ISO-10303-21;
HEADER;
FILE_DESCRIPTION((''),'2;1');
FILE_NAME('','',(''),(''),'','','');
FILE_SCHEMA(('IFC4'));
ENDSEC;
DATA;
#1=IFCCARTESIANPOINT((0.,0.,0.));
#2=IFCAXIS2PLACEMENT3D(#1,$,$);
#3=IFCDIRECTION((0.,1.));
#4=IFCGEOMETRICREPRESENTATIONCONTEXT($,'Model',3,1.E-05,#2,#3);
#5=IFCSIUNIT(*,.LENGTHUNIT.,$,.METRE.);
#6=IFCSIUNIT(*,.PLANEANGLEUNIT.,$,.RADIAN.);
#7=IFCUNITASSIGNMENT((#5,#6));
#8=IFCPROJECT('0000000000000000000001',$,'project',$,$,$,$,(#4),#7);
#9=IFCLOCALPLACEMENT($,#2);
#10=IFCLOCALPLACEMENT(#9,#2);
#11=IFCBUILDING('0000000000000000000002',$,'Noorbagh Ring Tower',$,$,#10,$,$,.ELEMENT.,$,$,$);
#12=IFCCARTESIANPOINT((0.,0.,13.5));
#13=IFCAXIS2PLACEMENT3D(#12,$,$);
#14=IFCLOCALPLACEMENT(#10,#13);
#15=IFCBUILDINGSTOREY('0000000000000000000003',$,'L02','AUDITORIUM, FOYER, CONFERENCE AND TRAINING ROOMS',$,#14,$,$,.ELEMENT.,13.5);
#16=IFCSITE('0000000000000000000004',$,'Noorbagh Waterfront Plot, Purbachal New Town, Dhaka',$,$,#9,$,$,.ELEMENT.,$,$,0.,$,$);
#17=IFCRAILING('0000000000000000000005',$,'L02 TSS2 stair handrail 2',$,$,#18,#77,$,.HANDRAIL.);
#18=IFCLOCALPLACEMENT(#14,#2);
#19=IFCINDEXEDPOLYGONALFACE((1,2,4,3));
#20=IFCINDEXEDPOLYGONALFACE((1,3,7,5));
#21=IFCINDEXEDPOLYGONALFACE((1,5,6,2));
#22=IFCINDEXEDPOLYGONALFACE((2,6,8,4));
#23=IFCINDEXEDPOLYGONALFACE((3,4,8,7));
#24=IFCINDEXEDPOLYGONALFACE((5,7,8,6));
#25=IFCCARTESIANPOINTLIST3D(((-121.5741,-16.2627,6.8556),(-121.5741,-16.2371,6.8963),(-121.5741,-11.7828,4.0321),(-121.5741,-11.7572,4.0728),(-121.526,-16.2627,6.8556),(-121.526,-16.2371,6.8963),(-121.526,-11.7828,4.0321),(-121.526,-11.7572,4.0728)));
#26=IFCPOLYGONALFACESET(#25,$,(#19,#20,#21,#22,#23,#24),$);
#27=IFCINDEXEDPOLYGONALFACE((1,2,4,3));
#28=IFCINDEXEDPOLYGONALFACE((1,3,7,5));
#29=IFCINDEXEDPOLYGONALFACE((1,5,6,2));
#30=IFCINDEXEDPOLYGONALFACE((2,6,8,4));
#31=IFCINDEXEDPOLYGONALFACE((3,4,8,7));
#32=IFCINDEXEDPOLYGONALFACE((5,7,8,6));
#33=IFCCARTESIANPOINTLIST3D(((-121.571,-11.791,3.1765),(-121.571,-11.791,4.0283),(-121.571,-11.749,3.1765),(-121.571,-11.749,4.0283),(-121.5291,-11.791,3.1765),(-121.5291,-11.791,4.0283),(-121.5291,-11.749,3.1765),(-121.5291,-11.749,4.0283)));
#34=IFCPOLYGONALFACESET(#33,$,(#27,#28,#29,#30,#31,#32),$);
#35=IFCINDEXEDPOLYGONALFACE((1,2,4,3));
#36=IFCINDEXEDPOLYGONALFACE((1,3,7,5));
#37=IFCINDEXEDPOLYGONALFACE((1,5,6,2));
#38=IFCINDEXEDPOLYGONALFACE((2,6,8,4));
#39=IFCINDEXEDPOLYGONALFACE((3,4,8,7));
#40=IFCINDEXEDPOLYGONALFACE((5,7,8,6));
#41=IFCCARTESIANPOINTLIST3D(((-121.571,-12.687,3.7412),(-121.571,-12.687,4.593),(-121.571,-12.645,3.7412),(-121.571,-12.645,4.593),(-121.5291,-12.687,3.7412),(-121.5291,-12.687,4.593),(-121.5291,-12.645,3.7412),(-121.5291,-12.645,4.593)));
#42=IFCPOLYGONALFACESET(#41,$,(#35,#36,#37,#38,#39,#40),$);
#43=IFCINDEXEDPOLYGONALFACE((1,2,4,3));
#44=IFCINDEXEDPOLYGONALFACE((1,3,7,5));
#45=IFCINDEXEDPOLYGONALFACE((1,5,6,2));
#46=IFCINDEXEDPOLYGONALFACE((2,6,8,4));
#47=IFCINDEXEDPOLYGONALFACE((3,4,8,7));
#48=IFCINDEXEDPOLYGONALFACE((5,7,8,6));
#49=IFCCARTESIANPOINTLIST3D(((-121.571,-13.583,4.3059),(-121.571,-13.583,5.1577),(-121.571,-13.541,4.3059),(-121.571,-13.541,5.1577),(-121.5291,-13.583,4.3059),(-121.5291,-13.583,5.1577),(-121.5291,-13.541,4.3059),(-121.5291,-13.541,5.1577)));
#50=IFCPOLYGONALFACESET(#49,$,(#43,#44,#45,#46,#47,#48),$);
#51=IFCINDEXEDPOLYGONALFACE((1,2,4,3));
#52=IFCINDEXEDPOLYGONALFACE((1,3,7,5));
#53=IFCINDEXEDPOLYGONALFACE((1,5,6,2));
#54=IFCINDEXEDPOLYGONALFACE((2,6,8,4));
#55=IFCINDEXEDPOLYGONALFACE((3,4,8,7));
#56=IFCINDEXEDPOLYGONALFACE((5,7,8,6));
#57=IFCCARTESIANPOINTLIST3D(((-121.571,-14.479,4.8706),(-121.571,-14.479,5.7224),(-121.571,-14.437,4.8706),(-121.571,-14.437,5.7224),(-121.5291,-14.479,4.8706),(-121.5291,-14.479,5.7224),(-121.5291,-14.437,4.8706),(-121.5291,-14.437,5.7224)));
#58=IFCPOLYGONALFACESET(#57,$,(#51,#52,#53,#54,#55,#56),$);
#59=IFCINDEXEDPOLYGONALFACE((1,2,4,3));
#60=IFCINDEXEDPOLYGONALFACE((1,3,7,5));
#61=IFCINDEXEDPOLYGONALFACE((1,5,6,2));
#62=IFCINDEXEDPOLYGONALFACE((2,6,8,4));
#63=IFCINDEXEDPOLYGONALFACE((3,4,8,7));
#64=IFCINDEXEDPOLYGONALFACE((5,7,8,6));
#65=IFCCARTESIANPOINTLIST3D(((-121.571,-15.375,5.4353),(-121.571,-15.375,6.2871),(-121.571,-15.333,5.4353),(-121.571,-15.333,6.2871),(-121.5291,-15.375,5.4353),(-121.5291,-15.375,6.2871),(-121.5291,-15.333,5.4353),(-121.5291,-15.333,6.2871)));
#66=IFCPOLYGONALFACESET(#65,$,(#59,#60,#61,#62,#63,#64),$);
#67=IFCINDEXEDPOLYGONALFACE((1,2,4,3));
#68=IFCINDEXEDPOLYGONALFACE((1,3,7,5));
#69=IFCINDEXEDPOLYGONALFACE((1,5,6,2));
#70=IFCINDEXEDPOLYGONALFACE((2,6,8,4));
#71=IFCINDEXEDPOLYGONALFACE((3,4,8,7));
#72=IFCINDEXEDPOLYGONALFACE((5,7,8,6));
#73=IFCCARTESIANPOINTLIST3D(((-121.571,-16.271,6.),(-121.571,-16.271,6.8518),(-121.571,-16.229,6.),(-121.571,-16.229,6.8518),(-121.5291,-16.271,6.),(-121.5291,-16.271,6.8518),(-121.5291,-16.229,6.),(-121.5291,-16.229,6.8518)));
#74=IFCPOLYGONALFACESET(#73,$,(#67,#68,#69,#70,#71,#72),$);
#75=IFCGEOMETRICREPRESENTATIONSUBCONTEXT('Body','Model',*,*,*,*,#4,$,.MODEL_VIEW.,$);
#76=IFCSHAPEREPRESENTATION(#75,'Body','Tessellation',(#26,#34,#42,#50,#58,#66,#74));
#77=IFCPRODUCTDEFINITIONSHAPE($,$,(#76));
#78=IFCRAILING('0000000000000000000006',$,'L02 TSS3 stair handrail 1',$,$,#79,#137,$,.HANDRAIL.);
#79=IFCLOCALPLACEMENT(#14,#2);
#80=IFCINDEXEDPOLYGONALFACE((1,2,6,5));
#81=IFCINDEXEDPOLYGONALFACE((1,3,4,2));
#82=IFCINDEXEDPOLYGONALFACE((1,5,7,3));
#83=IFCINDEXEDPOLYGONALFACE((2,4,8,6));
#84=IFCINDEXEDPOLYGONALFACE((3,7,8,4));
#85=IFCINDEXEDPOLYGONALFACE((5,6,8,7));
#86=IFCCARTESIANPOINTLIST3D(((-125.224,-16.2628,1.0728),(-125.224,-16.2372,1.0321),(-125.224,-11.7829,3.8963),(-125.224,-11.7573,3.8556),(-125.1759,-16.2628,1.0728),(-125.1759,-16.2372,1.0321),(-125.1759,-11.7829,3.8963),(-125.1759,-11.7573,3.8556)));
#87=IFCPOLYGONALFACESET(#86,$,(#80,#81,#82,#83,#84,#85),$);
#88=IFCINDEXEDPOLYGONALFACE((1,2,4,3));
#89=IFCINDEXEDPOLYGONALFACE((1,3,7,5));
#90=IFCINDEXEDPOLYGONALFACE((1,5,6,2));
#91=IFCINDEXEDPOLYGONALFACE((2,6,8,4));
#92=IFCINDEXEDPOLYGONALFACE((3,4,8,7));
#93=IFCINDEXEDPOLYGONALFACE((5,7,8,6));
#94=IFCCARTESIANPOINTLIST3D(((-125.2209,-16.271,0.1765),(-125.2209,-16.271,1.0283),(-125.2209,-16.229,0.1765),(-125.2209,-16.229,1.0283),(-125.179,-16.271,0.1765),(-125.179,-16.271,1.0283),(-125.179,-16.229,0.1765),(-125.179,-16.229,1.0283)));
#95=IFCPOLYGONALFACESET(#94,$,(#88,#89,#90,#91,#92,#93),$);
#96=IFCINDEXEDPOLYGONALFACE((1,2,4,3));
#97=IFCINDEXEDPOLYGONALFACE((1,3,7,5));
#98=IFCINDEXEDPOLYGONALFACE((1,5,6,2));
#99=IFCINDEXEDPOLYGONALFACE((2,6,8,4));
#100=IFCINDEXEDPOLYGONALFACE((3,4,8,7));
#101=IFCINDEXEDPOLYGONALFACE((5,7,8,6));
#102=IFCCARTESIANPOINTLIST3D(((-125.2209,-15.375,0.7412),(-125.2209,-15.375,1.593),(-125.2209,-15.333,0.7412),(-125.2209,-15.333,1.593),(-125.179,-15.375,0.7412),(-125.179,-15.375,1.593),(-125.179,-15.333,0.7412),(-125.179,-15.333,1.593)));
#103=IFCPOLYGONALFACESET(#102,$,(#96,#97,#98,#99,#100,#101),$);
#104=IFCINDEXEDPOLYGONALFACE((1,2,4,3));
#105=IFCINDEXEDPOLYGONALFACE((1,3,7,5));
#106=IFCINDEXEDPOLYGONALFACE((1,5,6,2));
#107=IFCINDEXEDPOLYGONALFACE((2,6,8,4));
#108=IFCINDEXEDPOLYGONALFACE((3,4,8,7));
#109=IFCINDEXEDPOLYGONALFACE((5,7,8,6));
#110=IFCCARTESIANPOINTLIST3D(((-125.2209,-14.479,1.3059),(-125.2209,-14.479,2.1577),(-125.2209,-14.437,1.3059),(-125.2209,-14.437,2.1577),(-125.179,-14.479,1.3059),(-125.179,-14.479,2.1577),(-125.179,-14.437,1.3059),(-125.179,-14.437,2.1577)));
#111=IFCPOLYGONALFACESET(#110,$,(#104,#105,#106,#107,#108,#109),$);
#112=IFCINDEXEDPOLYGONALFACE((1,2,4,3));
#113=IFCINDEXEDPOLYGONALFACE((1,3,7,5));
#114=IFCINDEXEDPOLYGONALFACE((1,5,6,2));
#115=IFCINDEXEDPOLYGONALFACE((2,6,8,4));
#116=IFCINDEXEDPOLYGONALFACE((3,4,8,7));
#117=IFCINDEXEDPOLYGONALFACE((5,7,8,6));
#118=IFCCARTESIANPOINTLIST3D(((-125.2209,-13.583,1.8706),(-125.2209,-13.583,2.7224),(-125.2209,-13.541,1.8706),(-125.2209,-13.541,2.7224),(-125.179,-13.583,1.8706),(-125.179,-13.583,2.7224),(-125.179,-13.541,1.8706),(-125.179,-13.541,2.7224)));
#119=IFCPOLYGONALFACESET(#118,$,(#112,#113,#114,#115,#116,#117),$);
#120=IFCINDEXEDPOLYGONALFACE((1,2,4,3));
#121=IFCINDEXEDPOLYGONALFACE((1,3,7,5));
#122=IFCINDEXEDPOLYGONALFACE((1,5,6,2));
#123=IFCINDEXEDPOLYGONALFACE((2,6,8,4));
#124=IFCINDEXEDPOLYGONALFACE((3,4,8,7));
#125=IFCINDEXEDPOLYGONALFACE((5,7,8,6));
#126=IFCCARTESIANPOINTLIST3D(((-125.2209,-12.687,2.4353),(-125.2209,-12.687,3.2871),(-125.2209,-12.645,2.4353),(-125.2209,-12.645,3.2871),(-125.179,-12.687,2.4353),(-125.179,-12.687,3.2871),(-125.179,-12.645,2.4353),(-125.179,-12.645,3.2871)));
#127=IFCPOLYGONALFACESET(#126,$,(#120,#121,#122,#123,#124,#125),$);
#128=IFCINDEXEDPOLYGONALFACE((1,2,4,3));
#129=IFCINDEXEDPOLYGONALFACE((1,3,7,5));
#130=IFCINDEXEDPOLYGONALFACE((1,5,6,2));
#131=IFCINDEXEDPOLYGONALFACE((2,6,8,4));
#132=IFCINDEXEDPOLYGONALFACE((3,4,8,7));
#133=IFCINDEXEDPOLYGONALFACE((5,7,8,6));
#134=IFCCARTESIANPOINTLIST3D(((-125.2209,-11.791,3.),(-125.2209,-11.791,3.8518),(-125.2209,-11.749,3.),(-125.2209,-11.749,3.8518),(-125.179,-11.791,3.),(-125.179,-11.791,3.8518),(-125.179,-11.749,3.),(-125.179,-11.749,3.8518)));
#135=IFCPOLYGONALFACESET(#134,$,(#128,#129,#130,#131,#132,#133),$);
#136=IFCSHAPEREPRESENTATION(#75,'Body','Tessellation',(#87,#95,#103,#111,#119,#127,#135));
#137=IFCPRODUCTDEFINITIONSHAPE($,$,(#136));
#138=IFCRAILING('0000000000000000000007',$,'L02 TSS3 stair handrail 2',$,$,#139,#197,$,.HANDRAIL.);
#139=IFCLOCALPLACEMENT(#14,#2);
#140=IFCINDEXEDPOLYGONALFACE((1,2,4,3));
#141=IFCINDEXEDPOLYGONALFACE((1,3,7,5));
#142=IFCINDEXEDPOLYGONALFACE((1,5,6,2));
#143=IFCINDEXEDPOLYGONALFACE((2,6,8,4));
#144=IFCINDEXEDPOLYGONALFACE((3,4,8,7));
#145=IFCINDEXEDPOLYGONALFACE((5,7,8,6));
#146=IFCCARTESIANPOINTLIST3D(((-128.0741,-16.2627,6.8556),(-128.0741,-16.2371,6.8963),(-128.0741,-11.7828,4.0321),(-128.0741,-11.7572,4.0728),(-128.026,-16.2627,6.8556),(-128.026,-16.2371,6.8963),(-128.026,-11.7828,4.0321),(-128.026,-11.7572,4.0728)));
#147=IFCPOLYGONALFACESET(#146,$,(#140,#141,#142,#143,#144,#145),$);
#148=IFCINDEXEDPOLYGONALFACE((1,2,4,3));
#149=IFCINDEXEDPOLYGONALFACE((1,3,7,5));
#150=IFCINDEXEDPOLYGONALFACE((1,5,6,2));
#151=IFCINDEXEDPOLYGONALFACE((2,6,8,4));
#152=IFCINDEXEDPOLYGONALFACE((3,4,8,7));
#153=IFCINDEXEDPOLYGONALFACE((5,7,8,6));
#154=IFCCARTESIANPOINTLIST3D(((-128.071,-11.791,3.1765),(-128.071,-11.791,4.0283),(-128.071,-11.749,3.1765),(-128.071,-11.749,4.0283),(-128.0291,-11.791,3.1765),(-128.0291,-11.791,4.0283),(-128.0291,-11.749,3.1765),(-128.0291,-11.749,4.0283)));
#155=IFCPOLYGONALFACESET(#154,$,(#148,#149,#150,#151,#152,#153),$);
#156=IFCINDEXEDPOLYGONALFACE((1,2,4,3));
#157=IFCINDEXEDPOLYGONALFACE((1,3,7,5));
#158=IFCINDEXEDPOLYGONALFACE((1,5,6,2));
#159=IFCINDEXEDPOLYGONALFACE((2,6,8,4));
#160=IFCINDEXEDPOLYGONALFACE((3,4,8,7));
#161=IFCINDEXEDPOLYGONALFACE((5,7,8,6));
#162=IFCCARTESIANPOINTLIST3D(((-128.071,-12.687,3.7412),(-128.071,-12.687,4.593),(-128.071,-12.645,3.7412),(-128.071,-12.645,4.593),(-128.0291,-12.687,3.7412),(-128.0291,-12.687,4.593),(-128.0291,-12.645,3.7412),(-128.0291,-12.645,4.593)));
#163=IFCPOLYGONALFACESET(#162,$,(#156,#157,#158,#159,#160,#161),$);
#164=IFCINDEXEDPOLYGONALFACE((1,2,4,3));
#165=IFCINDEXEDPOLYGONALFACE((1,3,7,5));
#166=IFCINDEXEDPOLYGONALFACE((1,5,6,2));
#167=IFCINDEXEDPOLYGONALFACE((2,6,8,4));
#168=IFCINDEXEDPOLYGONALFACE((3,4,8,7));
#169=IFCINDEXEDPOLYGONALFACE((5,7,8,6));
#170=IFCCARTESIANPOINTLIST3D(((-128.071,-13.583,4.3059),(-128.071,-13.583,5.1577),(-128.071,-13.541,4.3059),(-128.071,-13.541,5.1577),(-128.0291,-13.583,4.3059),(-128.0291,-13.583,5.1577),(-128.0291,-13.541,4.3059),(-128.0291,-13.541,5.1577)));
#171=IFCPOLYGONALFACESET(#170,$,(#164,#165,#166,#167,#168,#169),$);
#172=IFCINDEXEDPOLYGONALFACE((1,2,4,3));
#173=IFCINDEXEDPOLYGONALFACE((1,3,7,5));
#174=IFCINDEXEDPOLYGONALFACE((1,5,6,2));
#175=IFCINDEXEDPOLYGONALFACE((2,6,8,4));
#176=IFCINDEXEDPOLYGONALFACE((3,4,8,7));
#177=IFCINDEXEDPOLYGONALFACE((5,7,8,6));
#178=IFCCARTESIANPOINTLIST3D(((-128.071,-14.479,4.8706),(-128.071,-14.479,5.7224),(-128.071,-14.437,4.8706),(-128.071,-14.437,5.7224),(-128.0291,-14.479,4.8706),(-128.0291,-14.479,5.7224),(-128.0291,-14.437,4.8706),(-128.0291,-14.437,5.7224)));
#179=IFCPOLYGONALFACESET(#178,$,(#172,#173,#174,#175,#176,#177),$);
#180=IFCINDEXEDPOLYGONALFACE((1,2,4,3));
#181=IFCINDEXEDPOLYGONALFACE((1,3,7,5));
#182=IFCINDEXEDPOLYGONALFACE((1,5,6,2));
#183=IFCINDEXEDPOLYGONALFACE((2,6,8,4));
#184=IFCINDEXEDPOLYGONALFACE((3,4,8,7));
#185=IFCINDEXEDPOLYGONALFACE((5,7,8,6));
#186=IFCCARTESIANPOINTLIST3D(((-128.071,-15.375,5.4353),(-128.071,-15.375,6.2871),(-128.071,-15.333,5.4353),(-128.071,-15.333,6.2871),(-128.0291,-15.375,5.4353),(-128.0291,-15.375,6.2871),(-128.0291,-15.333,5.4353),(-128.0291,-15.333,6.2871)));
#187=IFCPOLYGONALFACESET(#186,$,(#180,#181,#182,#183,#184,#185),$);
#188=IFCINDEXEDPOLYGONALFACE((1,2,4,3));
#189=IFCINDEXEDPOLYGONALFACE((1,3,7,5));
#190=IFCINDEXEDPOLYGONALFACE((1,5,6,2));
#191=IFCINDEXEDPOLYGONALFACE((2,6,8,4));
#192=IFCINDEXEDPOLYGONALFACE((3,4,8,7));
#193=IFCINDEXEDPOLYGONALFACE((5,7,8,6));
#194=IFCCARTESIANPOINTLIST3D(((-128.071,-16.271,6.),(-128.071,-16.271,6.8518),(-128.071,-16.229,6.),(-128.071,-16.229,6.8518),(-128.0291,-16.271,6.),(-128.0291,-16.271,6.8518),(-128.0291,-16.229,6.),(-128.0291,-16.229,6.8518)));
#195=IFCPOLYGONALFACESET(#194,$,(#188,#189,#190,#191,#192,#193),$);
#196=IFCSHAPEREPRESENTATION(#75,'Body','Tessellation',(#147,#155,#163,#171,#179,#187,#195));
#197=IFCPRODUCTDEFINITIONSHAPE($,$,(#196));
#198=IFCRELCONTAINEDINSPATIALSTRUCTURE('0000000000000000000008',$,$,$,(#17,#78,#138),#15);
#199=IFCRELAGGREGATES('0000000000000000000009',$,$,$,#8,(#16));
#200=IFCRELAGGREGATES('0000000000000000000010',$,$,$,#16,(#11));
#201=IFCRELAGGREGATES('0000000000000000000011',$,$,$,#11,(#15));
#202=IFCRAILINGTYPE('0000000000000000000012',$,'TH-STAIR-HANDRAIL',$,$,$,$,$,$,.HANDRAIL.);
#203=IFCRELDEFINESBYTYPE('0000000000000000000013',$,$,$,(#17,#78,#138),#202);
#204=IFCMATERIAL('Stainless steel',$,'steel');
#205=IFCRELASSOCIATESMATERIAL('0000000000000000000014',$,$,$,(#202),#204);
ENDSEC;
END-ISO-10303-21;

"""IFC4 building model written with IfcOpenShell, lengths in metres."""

from ifc_helpers import new_model, si_unit, direction, frame, origin, origin_2d, place, context, subcontext, project, spatial, rectangle, extrude, material, type_object, element, save


model = new_model("IFC4")

# Units and contexts
model_context = context("Model", 3, precision=1e-05, world=origin(), true_north=direction((0.0, 1.0)))
body_context = subcontext(model_context, "Body", "Model", "MODEL_VIEW")
ifc_project = project(units=[si_unit("LENGTHUNIT", "METRE"), si_unit("PLANEANGLEUNIT", "RADIAN")], contexts=[model_context])

# Site, building, storey
site_placement = place(None, origin())
site = spatial("IfcSite", under=ifc_project, at=site_placement, Name="Noorbagh Waterfront Plot, Purbachal New Town, Dhaka", CompositionType="ELEMENT", RefElevation=0.0)
building_placement = place(site_placement, origin())
building = spatial("IfcBuilding", under=site, at=building_placement, Name="Noorbagh Ring Tower", CompositionType="ELEMENT")
storey_placement = place(building_placement, frame((0.0, 0.0, 13.5)))
storey = spatial("IfcBuildingStorey", under=building, at=storey_placement, Name="L02", Description="AUDITORIUM, FOYER, CONFERENCE AND TRAINING ROOMS", CompositionType="ELEMENT", Elevation=13.5)

# Railings
ifc_material_1 = material(Name="Stainless steel", Category="steel")
railing_type_1 = type_object("IfcRailingType", Name="TH-STAIR-HANDRAIL", PredefinedType="HANDRAIL", material=ifc_material_1)
railing_1_placement = place(storey_placement, frame((-121.55, -11.77, 3.1765)))
element("IfcRailing", 1, at=railing_1_placement, inside=storey, type_object=railing_type_1, Name="L02 TSS2 stair handrail 2", PredefinedType="HANDRAIL", context=body_context, shape_type="SweptSolid", body=[
    extrude(rectangle(XDim=0.0481, YDim=0.0481, at=origin_2d()), frame((0.0, 0.0, 0.876), z_axis=(0.0, -0.845998, 0.533186), x_axis=(1.0, 0.0, 0.0)), (0.0, 0.0, 1.0), 5.2954),
    extrude(rectangle(XDim=0.042, YDim=0.042, at=origin_2d()), origin(), (0.0, 0.0, 1.0), 0.8518),
    extrude(rectangle(XDim=0.042, YDim=0.042, at=origin_2d()), frame((0.0, -0.896, 0.5647)), (0.0, 0.0, 1.0), 0.8518),
    extrude(rectangle(XDim=0.042, YDim=0.042, at=origin_2d()), frame((0.0, -1.792, 1.1294)), (0.0, 0.0, 1.0), 0.8518),
    extrude(rectangle(XDim=0.042, YDim=0.042, at=origin_2d()), frame((0.0, -2.688, 1.6941)), (0.0, 0.0, 1.0), 0.8518),
    extrude(rectangle(XDim=0.042, YDim=0.042, at=origin_2d()), frame((0.0, -3.584, 2.2588)), (0.0, 0.0, 1.0), 0.8518),
    extrude(rectangle(XDim=0.042, YDim=0.042, at=origin_2d()), frame((0.0, -4.48, 2.8235)), (0.0, 0.0, 1.0), 0.8518),
])
railing_2_placement = place(storey_placement, frame((-125.2, -16.25, 0.1765)))
element("IfcRailing", 2, at=railing_2_placement, inside=storey, type_object=railing_type_1, Name="L02 TSS3 stair handrail 1", PredefinedType="HANDRAIL", context=body_context, shape_type="SweptSolid", body=[
    extrude(rectangle(XDim=0.0481, YDim=0.0481, at=origin_2d()), frame((0.0, 0.0, 0.876), z_axis=(0.0, 0.845998, 0.533186), x_axis=(-1.0, 0.0, 0.0)), (0.0, 0.0, 1.0), 5.2954),
    extrude(rectangle(XDim=0.042, YDim=0.042, at=origin_2d()), origin(), (0.0, 0.0, 1.0), 0.8518),
    extrude(rectangle(XDim=0.042, YDim=0.042, at=origin_2d()), frame((0.0, 0.896, 0.5647)), (0.0, 0.0, 1.0), 0.8518),
    extrude(rectangle(XDim=0.042, YDim=0.042, at=origin_2d()), frame((0.0, 1.792, 1.1294)), (0.0, 0.0, 1.0), 0.8518),
    extrude(rectangle(XDim=0.042, YDim=0.042, at=origin_2d()), frame((0.0, 2.688, 1.6941)), (0.0, 0.0, 1.0), 0.8518),
    extrude(rectangle(XDim=0.042, YDim=0.042, at=origin_2d()), frame((0.0, 3.584, 2.2588)), (0.0, 0.0, 1.0), 0.8518),
    extrude(rectangle(XDim=0.042, YDim=0.042, at=origin_2d()), frame((0.0, 4.48, 2.8235)), (0.0, 0.0, 1.0), 0.8518),
])
railing_3_placement = place(storey_placement, frame((-128.05, -11.77, 3.1765)))
element("IfcRailing", 3, at=railing_3_placement, inside=storey, type_object=railing_type_1, Name="L02 TSS3 stair handrail 2", PredefinedType="HANDRAIL", context=body_context, shape_type="SweptSolid", body=[
    extrude(rectangle(XDim=0.0481, YDim=0.0481, at=origin_2d()), frame((0.0, 0.0, 0.876), z_axis=(0.0, -0.845998, 0.533186), x_axis=(1.0, 0.0, 0.0)), (0.0, 0.0, 1.0), 5.2954),
    extrude(rectangle(XDim=0.042, YDim=0.042, at=origin_2d()), origin(), (0.0, 0.0, 1.0), 0.8518),
    extrude(rectangle(XDim=0.042, YDim=0.042, at=origin_2d()), frame((0.0, -0.896, 0.5647)), (0.0, 0.0, 1.0), 0.8518),
    extrude(rectangle(XDim=0.042, YDim=0.042, at=origin_2d()), frame((0.0, -1.792, 1.1294)), (0.0, 0.0, 1.0), 0.8518),
    extrude(rectangle(XDim=0.042, YDim=0.042, at=origin_2d()), frame((0.0, -2.688, 1.6941)), (0.0, 0.0, 1.0), 0.8518),
    extrude(rectangle(XDim=0.042, YDim=0.042, at=origin_2d()), frame((0.0, -3.584, 2.2588)), (0.0, 0.0, 1.0), 0.8518),
    extrude(rectangle(XDim=0.042, YDim=0.042, at=origin_2d()), frame((0.0, -4.48, 2.8235)), (0.0, 0.0, 1.0), 0.8518),
])

save(model, "model.ifc")
